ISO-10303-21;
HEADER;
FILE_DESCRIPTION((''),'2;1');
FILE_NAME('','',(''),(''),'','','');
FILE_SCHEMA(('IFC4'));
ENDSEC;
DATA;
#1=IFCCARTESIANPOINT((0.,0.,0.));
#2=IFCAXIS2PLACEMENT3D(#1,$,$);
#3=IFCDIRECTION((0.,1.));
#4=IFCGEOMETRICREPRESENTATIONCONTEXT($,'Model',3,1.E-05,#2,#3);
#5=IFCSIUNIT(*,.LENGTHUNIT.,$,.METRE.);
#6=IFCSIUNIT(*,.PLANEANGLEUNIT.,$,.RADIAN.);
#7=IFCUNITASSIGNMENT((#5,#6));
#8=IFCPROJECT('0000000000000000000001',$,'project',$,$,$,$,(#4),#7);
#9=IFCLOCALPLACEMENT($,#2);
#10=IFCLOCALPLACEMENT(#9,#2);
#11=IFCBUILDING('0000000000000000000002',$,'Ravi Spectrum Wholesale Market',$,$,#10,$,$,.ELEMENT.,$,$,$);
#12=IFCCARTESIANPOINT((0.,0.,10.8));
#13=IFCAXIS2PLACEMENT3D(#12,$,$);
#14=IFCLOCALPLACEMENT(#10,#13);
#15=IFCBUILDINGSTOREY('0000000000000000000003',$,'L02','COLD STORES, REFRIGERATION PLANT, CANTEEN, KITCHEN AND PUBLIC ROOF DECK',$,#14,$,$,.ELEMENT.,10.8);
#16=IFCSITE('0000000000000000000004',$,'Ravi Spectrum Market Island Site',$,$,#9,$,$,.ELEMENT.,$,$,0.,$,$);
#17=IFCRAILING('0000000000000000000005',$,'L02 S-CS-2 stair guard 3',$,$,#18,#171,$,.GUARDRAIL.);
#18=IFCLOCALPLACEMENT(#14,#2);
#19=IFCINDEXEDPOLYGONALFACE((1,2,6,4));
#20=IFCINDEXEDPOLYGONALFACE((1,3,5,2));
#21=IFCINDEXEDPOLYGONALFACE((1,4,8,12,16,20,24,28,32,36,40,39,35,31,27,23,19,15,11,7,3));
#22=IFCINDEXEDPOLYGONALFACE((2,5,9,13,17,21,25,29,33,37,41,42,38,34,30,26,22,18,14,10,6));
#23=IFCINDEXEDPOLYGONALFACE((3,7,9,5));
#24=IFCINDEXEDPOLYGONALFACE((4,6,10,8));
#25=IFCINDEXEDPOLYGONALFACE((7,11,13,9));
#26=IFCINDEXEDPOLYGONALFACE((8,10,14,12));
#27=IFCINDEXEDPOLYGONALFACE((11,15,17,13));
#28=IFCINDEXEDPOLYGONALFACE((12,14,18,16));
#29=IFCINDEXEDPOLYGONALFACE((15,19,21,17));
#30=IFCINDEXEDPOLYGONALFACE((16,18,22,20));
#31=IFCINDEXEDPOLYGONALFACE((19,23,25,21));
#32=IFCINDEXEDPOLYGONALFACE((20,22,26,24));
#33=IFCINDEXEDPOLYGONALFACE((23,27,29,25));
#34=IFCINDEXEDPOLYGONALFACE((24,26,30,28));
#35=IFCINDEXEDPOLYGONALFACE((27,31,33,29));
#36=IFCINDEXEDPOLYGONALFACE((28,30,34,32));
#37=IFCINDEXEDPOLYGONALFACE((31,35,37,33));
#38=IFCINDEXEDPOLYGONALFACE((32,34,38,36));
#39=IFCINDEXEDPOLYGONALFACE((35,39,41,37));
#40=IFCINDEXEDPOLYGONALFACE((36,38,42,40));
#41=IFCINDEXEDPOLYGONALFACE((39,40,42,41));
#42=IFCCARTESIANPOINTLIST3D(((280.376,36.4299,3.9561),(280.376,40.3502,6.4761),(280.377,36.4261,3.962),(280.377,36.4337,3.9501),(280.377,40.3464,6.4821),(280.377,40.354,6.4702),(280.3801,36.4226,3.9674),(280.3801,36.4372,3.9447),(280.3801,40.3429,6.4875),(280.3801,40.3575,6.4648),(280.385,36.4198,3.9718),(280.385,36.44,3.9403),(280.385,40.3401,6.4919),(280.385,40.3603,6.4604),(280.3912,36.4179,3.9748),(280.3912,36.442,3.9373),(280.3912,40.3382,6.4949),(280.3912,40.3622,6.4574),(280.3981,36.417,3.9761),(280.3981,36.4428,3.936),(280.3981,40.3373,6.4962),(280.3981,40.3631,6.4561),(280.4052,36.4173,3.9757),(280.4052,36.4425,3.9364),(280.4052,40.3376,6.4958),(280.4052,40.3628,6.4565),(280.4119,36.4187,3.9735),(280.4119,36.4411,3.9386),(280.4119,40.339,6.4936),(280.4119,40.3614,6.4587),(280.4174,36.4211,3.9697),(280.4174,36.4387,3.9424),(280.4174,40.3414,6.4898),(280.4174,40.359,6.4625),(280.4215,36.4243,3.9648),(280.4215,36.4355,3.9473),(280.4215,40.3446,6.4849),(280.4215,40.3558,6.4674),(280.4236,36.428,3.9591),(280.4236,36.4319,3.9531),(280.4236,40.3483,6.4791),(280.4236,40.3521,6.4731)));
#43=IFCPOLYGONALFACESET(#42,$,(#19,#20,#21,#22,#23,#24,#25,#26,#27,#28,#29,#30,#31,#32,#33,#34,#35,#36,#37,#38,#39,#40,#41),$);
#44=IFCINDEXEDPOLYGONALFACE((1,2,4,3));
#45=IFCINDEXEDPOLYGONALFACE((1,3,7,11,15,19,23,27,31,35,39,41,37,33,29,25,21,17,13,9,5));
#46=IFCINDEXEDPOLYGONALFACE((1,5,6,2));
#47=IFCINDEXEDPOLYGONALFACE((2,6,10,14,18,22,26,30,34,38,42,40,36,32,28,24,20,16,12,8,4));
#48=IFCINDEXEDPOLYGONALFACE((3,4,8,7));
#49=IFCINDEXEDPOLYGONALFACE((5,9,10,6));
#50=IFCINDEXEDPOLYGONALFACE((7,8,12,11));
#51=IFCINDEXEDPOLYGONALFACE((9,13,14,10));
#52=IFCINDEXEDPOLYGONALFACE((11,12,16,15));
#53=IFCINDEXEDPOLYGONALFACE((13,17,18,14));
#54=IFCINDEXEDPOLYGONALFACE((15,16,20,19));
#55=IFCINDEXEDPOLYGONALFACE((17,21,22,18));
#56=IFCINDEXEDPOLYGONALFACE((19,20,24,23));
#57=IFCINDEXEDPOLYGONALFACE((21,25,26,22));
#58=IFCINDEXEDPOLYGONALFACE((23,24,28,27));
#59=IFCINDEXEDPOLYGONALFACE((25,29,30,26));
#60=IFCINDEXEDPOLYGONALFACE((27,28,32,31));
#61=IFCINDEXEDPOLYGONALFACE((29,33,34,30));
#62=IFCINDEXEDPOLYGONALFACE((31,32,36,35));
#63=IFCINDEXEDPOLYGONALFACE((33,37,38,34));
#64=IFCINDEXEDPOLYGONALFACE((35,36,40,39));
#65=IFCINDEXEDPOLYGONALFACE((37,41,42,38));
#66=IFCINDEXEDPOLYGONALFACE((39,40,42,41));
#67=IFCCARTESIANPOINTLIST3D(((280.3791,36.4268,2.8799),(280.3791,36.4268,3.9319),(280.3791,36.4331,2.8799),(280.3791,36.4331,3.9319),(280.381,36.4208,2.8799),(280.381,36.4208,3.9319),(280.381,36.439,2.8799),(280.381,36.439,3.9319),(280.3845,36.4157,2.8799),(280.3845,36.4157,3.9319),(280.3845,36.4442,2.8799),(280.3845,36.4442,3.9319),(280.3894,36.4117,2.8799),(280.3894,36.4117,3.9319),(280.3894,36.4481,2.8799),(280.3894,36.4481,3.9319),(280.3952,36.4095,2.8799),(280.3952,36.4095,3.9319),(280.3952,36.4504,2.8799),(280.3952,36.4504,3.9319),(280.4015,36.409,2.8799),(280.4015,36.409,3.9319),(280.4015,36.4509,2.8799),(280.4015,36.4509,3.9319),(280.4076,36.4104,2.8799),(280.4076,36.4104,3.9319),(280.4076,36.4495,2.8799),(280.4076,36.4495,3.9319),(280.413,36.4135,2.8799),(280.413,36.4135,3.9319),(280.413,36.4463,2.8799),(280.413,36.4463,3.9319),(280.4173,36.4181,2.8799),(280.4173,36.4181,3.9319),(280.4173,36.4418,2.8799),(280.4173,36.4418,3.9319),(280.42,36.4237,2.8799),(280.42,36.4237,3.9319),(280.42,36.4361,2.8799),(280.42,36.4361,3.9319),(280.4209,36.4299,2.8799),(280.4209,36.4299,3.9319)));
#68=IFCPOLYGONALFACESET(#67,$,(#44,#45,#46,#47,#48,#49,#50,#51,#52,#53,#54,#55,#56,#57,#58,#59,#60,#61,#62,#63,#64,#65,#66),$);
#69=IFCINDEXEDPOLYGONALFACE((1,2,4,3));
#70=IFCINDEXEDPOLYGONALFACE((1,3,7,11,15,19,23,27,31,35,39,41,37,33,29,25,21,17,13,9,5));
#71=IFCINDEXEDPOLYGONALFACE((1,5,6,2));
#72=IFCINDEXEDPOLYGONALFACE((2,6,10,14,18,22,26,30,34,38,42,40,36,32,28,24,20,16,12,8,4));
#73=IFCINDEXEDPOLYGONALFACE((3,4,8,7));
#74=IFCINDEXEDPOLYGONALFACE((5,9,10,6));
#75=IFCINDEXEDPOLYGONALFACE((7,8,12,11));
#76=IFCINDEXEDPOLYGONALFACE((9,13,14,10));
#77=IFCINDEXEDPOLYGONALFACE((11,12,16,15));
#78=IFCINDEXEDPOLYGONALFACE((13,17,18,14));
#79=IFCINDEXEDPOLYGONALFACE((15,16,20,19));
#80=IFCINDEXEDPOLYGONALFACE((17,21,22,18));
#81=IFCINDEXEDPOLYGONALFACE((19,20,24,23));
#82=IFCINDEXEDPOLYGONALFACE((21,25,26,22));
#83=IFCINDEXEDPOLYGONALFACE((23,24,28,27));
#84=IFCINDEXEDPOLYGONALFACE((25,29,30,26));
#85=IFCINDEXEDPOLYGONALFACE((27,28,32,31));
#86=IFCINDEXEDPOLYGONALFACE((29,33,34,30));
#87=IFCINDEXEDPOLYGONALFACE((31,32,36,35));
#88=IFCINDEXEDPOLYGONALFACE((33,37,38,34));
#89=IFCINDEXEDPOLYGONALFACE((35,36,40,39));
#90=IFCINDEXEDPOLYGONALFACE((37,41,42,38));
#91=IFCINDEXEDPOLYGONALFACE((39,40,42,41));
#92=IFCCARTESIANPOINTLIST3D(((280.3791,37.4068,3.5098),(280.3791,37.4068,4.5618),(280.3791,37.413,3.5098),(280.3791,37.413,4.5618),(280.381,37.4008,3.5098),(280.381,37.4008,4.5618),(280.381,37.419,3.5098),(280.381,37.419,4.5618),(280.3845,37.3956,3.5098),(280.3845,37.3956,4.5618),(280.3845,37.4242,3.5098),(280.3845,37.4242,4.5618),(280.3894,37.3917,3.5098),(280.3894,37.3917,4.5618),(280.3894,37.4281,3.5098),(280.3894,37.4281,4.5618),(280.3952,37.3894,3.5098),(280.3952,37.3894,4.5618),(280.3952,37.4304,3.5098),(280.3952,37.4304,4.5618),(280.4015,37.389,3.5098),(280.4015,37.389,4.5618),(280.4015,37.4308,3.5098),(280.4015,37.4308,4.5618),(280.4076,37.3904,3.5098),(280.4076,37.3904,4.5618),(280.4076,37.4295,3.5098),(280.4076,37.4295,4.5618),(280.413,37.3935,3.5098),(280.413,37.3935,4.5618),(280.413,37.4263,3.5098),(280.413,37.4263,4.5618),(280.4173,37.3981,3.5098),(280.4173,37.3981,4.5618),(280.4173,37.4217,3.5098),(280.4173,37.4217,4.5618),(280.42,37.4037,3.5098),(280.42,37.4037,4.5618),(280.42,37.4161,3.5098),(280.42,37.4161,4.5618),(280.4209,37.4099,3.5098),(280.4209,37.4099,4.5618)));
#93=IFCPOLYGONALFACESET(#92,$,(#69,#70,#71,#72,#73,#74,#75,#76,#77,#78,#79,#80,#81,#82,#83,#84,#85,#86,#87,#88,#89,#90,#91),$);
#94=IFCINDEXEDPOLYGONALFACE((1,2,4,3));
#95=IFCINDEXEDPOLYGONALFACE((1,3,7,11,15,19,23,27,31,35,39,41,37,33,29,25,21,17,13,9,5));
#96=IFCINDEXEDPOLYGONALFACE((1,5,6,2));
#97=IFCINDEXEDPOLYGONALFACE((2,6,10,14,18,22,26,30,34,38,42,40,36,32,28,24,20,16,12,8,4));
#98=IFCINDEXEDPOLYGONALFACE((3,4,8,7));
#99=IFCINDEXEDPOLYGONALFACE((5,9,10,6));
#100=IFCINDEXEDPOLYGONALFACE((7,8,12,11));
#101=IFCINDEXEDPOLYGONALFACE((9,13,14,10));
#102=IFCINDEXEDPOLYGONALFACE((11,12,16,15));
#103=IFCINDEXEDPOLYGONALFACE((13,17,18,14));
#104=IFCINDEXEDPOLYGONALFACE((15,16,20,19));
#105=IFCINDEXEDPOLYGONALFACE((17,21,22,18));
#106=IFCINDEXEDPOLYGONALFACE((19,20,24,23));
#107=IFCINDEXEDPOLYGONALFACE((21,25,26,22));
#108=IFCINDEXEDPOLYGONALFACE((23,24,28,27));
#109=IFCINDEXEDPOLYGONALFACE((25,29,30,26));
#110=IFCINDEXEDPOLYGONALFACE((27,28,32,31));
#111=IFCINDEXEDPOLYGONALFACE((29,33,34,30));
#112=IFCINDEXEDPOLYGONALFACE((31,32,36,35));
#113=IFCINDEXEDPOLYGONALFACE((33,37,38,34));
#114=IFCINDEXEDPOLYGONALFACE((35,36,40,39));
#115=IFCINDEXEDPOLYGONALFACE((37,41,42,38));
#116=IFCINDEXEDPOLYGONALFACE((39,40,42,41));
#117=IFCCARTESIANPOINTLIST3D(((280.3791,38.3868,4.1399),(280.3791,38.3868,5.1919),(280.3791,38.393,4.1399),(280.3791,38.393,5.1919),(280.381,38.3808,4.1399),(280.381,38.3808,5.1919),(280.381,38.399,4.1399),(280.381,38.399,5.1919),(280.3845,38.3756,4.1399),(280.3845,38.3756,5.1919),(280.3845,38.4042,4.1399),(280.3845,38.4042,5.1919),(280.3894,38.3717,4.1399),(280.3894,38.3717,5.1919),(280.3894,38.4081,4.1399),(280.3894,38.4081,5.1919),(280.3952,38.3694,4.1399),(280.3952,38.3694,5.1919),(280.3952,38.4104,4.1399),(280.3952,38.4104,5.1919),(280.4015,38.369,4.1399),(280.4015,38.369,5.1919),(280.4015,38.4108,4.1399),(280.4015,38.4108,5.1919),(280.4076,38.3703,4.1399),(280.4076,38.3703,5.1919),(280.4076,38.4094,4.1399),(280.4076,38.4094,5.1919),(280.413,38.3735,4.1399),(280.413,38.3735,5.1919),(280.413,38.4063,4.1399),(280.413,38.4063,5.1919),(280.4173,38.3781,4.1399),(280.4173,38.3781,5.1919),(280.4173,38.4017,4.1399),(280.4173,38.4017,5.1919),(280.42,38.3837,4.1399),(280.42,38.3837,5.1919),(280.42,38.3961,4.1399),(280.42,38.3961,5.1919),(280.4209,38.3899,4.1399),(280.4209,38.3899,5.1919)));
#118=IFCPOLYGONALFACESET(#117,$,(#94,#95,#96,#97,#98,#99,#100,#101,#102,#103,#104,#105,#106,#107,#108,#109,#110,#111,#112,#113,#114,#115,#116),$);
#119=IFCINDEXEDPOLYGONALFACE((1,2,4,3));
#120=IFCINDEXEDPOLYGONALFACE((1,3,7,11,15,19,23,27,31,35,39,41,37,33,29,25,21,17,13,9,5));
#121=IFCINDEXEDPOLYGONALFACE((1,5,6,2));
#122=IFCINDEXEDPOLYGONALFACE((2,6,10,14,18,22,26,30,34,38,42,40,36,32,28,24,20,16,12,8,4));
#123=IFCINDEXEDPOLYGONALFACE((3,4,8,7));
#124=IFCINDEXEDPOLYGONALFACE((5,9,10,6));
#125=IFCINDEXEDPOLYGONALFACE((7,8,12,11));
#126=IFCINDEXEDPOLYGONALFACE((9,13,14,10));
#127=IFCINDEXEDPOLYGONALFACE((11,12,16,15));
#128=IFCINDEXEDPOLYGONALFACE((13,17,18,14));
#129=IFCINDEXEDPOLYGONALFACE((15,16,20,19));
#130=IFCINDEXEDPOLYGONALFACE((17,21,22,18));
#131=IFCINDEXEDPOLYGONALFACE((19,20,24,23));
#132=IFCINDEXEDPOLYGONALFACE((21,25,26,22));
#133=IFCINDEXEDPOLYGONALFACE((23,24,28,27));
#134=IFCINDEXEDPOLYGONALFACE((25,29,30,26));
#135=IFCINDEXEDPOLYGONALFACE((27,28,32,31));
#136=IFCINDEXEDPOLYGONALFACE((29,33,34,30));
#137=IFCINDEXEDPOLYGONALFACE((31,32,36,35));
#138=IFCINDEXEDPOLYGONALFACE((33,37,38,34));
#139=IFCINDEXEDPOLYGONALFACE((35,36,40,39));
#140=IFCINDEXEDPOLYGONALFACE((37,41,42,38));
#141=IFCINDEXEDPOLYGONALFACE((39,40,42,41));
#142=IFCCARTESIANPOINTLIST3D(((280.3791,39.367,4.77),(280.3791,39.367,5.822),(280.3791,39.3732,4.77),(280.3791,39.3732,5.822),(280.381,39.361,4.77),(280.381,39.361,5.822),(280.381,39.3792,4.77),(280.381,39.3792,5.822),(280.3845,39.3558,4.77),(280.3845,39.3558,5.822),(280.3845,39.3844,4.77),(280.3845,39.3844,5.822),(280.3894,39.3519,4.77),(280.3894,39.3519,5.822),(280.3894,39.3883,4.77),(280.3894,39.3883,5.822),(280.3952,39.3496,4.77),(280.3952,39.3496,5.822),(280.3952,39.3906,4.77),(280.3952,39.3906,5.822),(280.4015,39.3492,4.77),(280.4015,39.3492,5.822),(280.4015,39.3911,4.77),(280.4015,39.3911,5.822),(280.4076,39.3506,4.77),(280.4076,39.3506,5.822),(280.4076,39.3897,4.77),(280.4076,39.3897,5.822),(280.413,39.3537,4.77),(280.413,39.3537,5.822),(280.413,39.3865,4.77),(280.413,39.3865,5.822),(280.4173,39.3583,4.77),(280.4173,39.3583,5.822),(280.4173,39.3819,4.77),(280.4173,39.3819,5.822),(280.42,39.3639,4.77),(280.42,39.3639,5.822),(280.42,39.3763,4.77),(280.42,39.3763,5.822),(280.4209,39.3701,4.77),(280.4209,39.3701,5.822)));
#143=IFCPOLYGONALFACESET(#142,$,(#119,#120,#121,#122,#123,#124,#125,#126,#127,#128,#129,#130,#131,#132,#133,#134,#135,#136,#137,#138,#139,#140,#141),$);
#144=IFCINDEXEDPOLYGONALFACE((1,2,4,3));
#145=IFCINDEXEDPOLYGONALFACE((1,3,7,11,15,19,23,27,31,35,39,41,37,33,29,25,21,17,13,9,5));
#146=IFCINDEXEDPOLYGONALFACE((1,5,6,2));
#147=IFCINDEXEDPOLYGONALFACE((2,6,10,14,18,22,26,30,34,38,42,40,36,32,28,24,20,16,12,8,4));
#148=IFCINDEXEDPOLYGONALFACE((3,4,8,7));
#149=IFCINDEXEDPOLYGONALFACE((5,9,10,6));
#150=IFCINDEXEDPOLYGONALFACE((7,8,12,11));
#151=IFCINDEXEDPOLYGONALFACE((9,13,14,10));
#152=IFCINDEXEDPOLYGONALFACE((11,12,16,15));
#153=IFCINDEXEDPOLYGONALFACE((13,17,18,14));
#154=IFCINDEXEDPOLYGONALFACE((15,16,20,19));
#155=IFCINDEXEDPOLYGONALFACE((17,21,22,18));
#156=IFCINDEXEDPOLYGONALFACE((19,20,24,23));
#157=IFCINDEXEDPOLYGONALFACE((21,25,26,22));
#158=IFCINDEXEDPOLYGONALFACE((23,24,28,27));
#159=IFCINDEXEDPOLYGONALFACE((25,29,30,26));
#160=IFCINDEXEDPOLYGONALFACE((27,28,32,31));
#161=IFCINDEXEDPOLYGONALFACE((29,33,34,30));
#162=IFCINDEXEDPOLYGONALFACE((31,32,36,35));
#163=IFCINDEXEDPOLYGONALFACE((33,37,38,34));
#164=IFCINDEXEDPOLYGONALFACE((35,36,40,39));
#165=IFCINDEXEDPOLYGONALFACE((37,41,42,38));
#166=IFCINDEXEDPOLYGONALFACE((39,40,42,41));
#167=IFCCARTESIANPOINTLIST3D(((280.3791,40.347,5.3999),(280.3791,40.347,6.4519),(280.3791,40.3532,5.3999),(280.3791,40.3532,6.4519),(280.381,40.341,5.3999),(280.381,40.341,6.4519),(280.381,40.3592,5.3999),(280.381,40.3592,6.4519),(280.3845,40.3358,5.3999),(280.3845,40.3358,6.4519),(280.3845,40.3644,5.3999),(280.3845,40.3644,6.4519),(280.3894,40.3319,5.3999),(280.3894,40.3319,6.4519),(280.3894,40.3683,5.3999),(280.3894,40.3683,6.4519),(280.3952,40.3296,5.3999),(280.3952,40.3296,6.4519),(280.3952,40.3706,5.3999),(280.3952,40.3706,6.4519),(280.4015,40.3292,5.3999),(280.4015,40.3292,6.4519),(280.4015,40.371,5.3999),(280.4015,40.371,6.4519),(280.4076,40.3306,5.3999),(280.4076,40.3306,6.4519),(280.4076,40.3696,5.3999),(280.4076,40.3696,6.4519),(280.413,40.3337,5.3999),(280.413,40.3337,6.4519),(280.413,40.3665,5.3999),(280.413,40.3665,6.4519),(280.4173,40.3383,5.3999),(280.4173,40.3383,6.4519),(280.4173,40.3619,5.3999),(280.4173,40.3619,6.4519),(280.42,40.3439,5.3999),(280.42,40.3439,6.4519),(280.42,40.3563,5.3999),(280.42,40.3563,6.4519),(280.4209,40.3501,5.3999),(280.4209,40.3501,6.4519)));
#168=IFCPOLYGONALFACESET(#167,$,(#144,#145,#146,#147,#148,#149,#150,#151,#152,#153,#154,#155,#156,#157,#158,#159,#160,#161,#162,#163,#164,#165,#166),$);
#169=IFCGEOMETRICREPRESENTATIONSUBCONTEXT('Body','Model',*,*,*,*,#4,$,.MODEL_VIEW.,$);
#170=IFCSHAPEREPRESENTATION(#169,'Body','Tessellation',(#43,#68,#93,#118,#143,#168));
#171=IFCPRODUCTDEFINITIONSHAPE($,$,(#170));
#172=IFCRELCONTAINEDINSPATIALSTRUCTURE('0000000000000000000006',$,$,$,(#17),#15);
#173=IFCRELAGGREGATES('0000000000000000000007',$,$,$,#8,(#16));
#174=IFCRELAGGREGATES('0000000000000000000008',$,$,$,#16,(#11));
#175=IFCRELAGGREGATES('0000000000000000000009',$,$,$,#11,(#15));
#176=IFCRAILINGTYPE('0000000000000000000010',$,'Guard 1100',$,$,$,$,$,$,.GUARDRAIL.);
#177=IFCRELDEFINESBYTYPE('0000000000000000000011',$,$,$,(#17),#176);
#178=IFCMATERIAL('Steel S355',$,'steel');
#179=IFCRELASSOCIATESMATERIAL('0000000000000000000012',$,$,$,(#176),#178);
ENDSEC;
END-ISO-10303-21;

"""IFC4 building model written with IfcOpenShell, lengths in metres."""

from ifc_helpers import new_model, si_unit, direction, frame, origin, origin_2d, place, context, subcontext, project, spatial, circle, extrude, material, type_object, element, save


model = new_model("IFC4")

# Units and contexts
model_context = context("Model", 3, precision=1e-05, world=origin(), true_north=direction((0.0, 1.0)))
body_context = subcontext(model_context, "Body", "Model", "MODEL_VIEW")
ifc_project = project(units=[si_unit("LENGTHUNIT", "METRE"), si_unit("PLANEANGLEUNIT", "RADIAN")], contexts=[model_context])

# Site, building, storey
site_placement = place(None, origin())
site = spatial("IfcSite", under=ifc_project, at=site_placement, Name="Ravi Spectrum Market Island Site", CompositionType="ELEMENT", RefElevation=0.0)
building_placement = place(site_placement, origin())
building = spatial("IfcBuilding", under=site, at=building_placement, Name="Ravi Spectrum Wholesale Market", CompositionType="ELEMENT")
storey_placement = place(building_placement, frame((0.0, 0.0, 10.8)))
storey = spatial("IfcBuildingStorey", under=building, at=storey_placement, Name="L02", Description="COLD STORES, REFRIGERATION PLANT, CANTEEN, KITCHEN AND PUBLIC ROOF DECK", CompositionType="ELEMENT", Elevation=10.8)

# Railing
ifc_material_1 = material(Name="Steel S355", Category="steel")
railing_type_1 = type_object("IfcRailingType", Name="Guard 1100", PredefinedType="GUARDRAIL", material=ifc_material_1)
railing_1_placement = place(storey_placement, frame((280.3999, 36.4299, 2.8799)))
element("IfcRailing", 1, at=railing_1_placement, inside=storey, type_object=railing_type_1, Name="L02 S-CS-2 stair guard 3", PredefinedType="GUARDRAIL", context=body_context, shape_type="SweptSolid", body=[
    extrude(circle(Radius=0.0239, at=origin_2d()), frame((0.0, 0.0, 1.0762), z_axis=(0.0, 0.841187, 0.540744), x_axis=(-1.0, 0.0, 0.0)), (0.0, 0.0, 1.0), 4.6604),
    extrude(circle(Radius=0.021, at=origin_2d()), origin(), (0.0, 0.0, 1.0), 1.052),
    extrude(circle(Radius=0.021, at=origin_2d()), frame((0.0, 0.98, 0.6299)), (0.0, 0.0, 1.0), 1.052),
    extrude(circle(Radius=0.021, at=origin_2d()), frame((0.0, 1.96, 1.26)), (0.0, 0.0, 1.0), 1.052),
    extrude(circle(Radius=0.021, at=origin_2d()), frame((0.0, 2.9402, 1.8901)), (0.0, 0.0, 1.0), 1.052),
    extrude(circle(Radius=0.021, at=origin_2d()), frame((0.0, 3.9202, 2.52)), (0.0, 0.0, 1.0), 1.052),
])

save(model, "model.ifc")
